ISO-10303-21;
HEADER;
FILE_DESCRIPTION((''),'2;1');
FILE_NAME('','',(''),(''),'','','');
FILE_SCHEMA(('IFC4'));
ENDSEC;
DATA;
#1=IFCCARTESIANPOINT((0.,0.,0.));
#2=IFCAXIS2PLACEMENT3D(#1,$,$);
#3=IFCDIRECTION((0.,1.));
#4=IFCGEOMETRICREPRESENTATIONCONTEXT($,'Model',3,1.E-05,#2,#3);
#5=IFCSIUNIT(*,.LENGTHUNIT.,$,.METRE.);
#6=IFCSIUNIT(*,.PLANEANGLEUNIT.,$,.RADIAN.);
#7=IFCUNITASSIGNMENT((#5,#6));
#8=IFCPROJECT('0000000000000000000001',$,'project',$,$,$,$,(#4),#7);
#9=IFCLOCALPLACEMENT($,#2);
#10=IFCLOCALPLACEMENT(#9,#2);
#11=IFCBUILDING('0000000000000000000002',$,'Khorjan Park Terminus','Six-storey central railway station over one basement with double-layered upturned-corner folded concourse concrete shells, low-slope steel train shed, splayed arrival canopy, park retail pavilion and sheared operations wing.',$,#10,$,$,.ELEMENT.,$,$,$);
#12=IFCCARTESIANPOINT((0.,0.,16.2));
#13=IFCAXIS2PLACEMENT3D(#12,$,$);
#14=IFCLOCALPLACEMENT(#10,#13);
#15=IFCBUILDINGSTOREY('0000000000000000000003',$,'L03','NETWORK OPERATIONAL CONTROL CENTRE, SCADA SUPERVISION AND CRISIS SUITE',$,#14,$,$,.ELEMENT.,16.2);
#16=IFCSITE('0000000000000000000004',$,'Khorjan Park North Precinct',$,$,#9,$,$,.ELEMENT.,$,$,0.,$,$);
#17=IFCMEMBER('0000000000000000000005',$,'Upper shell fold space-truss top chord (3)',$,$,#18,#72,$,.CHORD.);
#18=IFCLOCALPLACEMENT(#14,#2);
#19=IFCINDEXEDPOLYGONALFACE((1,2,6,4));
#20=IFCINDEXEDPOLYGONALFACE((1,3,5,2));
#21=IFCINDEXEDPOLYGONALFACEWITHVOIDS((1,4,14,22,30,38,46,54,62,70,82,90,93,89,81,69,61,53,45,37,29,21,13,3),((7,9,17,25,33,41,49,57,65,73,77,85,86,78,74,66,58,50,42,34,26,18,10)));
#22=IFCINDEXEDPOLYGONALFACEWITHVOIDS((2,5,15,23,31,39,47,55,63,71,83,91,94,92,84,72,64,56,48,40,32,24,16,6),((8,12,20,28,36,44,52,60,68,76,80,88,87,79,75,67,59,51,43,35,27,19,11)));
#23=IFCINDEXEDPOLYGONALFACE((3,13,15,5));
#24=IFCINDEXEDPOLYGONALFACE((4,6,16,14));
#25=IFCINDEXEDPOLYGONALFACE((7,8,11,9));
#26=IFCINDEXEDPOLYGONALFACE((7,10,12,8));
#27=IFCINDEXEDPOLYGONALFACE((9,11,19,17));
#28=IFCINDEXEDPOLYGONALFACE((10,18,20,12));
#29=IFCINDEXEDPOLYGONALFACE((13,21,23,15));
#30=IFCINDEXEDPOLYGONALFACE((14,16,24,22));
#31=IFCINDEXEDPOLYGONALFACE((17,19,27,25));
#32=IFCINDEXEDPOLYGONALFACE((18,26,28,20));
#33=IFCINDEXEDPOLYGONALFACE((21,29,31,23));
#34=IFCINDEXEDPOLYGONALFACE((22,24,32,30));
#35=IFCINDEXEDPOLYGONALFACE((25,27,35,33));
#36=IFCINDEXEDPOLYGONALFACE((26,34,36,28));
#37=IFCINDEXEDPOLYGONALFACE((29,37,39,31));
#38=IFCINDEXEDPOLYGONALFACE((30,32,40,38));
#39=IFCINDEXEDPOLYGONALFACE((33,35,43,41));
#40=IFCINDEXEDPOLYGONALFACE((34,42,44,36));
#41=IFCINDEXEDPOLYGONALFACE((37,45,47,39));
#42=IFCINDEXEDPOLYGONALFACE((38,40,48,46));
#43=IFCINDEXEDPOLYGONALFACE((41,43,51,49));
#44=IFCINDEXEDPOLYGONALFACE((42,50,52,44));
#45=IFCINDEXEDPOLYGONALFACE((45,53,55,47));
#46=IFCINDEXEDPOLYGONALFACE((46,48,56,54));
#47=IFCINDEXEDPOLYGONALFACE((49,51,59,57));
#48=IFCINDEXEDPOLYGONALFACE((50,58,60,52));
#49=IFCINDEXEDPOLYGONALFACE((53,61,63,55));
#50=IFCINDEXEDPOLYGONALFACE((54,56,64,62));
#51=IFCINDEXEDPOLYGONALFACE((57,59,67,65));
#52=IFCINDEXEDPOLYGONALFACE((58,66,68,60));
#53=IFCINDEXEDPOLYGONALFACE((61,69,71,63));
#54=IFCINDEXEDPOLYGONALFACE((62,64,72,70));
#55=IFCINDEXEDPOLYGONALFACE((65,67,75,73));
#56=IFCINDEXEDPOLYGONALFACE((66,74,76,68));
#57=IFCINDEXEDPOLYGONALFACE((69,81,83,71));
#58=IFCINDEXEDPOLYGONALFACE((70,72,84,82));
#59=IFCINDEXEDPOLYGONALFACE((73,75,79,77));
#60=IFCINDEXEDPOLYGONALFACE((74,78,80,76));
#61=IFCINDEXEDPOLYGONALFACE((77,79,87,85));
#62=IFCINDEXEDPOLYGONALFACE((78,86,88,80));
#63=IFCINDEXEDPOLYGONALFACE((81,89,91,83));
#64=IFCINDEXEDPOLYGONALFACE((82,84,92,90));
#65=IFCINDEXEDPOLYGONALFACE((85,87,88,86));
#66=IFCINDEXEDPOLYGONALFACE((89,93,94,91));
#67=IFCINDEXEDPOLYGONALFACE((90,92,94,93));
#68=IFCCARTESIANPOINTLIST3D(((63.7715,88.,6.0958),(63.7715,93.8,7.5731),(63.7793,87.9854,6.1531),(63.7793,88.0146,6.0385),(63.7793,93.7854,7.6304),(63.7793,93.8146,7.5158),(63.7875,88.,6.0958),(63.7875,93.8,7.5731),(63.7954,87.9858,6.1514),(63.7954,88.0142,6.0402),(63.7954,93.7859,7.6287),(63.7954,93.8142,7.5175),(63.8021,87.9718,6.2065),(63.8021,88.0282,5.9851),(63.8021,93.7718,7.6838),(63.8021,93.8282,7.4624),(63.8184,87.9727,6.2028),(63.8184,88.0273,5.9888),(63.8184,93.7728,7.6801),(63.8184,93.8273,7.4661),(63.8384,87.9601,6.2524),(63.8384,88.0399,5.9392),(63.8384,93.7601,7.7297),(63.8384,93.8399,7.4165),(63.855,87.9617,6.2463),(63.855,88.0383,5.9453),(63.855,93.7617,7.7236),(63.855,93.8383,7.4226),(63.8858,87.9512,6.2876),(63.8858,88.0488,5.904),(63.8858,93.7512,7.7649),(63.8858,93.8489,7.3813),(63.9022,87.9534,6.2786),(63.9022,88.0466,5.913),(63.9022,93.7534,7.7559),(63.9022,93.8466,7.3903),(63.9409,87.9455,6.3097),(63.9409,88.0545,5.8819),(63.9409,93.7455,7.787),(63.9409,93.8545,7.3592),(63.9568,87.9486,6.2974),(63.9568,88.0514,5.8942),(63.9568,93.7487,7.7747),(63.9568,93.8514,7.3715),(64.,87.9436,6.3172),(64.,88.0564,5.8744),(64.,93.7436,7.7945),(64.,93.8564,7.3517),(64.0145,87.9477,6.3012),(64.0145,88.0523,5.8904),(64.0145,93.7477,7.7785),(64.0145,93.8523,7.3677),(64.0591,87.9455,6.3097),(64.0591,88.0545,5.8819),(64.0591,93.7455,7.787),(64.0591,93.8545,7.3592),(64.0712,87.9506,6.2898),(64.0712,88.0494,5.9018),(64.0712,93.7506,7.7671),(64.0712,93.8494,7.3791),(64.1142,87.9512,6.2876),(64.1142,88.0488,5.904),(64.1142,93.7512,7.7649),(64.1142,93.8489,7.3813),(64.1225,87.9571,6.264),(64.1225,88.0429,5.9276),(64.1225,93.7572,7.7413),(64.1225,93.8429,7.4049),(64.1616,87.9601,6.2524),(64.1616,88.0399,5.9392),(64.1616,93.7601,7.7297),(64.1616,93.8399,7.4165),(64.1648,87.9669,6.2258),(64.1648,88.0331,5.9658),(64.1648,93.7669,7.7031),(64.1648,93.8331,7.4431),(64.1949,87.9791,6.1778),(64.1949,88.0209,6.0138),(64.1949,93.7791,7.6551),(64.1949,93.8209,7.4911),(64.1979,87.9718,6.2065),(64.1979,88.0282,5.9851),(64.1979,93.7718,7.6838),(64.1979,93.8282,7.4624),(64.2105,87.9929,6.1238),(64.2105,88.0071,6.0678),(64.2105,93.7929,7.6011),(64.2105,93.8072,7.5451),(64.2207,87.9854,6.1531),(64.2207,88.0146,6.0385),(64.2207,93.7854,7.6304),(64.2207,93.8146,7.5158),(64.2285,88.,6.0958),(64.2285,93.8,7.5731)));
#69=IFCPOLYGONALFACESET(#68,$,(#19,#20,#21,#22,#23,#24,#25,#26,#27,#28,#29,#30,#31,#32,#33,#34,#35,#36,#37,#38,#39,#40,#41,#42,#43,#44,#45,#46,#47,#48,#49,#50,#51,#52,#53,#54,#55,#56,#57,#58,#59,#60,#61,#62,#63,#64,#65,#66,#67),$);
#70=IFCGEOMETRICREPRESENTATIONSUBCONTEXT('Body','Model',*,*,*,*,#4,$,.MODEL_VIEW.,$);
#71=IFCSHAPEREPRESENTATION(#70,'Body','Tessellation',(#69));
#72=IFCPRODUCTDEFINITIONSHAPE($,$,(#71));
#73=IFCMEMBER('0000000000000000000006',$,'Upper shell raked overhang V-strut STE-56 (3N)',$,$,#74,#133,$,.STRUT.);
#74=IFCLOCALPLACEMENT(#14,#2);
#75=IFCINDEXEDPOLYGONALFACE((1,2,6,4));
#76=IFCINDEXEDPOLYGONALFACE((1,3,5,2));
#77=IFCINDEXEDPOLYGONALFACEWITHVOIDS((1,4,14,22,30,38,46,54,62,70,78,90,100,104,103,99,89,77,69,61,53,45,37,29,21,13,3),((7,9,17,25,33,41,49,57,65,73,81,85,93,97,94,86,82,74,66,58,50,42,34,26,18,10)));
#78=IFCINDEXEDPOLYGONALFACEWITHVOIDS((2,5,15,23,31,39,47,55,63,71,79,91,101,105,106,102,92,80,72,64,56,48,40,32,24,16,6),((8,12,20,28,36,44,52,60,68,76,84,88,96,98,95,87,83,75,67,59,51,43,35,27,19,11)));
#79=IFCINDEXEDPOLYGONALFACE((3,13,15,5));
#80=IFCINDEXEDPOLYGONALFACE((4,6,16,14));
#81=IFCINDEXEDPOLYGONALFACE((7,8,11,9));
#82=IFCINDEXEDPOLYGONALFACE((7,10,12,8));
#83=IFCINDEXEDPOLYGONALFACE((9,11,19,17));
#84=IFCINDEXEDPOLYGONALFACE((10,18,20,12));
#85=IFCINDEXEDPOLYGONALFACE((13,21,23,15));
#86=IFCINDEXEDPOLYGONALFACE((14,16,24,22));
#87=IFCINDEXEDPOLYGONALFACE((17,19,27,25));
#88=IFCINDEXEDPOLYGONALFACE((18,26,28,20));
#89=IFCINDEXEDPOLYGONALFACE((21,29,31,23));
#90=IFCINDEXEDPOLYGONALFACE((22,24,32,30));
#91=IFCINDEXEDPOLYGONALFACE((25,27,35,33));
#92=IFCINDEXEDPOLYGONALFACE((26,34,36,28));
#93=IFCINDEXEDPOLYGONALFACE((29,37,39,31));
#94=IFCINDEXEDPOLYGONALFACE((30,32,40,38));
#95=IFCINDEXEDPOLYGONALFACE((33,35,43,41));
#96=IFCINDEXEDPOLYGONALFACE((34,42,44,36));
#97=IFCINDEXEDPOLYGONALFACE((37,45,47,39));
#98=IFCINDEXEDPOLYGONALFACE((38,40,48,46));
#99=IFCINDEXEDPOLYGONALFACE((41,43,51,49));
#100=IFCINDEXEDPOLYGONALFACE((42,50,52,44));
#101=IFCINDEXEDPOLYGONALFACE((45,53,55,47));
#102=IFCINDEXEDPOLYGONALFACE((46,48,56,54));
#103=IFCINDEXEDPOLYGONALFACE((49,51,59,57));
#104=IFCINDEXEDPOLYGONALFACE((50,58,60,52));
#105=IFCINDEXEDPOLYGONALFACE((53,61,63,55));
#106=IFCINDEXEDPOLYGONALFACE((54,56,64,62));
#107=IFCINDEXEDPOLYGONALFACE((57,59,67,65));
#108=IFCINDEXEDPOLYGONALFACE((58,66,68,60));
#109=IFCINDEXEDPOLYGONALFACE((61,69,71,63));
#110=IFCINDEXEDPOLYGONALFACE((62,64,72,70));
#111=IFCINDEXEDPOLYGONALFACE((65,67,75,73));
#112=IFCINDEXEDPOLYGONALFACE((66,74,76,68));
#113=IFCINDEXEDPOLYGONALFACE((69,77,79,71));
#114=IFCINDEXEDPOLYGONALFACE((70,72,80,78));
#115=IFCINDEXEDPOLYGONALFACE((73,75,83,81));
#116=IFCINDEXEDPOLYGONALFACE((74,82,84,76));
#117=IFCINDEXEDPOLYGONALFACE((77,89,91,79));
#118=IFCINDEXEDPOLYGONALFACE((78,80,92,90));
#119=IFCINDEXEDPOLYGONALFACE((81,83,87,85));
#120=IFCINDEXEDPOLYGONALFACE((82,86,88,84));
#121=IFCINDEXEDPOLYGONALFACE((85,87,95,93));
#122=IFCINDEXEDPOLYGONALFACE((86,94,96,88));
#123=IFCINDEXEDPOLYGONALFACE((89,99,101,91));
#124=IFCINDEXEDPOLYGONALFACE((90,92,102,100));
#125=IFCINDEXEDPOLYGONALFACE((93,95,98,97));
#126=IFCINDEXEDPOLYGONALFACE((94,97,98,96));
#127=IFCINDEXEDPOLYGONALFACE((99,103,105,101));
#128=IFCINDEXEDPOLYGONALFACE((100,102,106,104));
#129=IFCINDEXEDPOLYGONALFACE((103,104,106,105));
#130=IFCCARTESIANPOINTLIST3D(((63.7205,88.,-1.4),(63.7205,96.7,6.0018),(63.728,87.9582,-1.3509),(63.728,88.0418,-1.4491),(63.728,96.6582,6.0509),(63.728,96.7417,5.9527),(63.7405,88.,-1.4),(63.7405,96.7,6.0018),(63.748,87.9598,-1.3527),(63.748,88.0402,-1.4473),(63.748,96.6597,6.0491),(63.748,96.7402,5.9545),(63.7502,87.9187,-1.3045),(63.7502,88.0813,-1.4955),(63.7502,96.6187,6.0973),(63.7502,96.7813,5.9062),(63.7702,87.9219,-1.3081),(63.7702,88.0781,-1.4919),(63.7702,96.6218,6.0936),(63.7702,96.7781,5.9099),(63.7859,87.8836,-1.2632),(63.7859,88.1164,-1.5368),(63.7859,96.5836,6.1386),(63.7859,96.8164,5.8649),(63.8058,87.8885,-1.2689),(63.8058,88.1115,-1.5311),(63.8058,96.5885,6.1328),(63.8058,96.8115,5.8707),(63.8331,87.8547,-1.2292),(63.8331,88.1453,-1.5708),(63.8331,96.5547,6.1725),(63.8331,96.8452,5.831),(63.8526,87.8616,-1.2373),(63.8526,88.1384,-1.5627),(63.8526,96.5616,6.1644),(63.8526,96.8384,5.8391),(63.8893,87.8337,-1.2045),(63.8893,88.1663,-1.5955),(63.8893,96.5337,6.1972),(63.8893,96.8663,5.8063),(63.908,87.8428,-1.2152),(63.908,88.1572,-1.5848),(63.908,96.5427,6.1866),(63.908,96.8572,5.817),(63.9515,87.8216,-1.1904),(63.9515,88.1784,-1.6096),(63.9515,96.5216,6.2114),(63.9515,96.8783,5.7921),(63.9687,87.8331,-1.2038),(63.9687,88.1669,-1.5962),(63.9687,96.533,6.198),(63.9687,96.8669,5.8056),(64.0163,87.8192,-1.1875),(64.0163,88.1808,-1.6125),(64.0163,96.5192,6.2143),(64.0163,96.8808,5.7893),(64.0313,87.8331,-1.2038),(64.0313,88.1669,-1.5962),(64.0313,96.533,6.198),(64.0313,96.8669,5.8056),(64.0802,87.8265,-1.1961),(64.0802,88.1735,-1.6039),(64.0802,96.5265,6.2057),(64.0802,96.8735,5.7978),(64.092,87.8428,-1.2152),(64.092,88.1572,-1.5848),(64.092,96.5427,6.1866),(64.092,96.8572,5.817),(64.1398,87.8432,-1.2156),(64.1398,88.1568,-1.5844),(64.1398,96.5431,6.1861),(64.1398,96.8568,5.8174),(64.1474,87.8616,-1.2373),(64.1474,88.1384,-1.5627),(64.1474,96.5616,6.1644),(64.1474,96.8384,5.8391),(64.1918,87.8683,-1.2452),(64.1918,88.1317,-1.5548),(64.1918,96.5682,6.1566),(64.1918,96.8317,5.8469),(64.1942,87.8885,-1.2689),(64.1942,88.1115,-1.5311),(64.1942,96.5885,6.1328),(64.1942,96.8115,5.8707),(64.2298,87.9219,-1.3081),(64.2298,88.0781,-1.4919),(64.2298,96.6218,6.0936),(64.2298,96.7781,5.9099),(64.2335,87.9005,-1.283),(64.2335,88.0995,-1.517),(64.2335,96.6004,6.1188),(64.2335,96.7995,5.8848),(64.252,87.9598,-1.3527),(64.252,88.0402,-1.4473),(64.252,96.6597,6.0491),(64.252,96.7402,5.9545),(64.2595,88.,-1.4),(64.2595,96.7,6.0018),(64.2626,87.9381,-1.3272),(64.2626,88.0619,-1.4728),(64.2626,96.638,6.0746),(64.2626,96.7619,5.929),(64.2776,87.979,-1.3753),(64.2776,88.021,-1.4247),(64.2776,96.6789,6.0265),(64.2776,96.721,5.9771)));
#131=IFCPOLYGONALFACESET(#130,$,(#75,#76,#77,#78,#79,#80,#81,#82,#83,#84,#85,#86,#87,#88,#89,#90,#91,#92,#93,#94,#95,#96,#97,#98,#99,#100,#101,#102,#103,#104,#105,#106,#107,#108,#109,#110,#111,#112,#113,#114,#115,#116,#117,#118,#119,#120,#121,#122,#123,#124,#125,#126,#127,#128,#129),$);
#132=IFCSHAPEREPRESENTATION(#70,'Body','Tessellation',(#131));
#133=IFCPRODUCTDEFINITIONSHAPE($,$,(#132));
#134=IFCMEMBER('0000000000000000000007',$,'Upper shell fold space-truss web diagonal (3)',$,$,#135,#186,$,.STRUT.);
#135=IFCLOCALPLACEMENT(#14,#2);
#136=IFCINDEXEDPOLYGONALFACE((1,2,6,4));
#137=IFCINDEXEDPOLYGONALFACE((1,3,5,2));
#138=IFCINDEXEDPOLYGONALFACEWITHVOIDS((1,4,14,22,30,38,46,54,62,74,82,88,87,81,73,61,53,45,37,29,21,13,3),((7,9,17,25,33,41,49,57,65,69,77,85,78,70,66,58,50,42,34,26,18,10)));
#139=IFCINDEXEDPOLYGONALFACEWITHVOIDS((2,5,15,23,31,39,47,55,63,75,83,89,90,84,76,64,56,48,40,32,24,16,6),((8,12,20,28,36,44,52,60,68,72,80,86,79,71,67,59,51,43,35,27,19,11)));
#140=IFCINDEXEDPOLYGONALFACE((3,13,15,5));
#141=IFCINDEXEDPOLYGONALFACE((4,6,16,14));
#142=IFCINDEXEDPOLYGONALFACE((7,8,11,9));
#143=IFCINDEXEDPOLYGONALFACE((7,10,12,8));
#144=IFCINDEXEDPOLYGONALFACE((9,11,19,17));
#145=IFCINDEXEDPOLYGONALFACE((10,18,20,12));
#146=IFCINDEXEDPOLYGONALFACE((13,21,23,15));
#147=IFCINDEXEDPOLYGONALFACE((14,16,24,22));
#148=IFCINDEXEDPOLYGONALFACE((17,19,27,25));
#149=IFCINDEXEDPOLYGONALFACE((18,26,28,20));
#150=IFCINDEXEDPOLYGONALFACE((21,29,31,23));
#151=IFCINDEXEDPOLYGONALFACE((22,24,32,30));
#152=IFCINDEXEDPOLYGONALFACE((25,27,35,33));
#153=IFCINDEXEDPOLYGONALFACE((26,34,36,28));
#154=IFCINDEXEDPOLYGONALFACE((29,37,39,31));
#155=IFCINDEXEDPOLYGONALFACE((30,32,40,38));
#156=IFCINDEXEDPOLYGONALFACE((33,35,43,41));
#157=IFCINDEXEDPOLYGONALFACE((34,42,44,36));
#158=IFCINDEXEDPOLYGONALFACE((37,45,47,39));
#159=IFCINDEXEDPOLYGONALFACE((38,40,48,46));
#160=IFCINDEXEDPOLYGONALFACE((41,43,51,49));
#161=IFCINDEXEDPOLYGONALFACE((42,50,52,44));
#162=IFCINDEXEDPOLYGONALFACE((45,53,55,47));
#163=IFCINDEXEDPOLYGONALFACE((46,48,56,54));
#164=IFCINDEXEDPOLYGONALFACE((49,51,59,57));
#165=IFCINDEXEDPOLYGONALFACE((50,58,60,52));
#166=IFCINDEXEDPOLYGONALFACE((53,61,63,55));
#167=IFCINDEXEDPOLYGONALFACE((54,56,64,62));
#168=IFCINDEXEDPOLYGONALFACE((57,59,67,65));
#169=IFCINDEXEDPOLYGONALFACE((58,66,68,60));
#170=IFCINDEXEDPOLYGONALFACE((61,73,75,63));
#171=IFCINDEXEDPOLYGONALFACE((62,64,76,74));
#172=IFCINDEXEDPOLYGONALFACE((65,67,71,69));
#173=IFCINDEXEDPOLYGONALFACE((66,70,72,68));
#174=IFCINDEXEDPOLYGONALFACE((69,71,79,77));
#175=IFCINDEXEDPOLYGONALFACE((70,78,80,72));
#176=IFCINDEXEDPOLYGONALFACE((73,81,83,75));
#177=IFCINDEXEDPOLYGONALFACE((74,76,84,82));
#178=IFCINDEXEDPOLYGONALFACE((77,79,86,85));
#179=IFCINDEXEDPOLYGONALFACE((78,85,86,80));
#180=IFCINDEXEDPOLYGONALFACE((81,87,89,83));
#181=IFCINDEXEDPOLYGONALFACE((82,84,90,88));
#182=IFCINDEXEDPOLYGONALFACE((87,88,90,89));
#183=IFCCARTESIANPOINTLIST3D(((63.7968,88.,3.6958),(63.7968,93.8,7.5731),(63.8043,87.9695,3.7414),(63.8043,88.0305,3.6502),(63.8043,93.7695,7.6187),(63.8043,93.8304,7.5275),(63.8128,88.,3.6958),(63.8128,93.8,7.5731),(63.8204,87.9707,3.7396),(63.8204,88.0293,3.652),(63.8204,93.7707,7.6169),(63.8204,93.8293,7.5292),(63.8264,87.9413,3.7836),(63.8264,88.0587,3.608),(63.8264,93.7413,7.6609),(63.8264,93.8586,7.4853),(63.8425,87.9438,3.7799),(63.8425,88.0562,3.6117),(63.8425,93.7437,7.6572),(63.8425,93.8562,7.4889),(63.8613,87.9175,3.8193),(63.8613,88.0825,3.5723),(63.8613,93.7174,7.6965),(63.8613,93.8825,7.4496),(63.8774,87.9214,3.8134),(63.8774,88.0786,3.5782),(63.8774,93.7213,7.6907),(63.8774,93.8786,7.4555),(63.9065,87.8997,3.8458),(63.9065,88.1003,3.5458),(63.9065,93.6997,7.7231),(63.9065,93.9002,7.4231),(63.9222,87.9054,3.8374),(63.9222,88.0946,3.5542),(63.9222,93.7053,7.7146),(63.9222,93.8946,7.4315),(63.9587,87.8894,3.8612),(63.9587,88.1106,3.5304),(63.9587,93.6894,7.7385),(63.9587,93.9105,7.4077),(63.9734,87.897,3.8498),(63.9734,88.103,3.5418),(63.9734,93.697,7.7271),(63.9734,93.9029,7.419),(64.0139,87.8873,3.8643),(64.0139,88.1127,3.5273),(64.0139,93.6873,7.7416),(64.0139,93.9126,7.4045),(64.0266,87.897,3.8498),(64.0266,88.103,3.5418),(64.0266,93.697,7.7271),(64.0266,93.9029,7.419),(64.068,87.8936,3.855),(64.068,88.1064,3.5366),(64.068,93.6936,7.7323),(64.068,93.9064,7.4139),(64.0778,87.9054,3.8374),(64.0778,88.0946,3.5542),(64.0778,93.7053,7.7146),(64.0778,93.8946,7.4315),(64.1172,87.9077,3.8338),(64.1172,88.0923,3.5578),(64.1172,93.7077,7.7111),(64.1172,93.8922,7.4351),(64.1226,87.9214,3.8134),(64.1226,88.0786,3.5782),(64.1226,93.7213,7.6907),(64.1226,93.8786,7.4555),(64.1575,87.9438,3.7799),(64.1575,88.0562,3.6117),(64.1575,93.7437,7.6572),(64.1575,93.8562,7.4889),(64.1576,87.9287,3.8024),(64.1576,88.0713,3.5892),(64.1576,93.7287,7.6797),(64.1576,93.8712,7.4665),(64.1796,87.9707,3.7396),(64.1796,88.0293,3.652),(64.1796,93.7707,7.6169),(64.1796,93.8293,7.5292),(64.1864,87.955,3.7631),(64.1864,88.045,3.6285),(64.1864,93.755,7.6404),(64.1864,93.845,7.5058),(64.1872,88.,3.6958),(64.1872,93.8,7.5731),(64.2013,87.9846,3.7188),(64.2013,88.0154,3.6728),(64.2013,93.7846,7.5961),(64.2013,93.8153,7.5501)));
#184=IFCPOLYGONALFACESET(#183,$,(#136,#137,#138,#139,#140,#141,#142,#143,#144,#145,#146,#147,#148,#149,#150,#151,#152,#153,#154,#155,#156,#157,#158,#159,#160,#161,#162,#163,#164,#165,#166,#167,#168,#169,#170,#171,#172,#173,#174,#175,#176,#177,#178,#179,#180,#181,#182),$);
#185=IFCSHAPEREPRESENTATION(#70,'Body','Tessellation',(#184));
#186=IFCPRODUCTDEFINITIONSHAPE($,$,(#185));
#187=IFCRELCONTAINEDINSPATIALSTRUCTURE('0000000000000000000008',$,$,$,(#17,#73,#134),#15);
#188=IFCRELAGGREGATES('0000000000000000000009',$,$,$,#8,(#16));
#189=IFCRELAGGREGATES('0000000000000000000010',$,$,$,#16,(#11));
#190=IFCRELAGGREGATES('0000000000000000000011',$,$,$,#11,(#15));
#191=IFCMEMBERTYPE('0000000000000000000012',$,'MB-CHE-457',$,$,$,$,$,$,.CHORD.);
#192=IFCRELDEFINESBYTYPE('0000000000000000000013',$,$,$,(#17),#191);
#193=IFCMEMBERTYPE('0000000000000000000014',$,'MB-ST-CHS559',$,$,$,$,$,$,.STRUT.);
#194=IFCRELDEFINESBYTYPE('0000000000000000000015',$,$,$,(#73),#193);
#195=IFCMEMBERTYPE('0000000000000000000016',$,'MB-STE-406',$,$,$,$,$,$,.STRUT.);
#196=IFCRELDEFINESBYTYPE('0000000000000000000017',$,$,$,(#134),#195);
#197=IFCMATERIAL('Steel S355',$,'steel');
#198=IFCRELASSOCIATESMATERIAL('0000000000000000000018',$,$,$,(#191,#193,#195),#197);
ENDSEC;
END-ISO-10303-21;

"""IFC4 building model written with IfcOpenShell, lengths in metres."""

from ifc_helpers import new_model, si_unit, direction, frame, origin, origin_2d, place, context, subcontext, project, spatial, hollow_circle, extrude, material, material_profile, profile_set, type_object, element, save


model = new_model("IFC4")

# Units and contexts
model_context = context("Model", 3, precision=1e-05, world=origin(), true_north=direction((0.0, 1.0)))
body_context = subcontext(model_context, "Body", "Model", "MODEL_VIEW")
ifc_project = project(units=[si_unit("LENGTHUNIT", "METRE"), si_unit("PLANEANGLEUNIT", "RADIAN")], contexts=[model_context])

# Site, building, storey
site_placement = place(None, origin())
site = spatial("IfcSite", under=ifc_project, at=site_placement, Name="Khorjan Park North Precinct", CompositionType="ELEMENT", RefElevation=0.0)
building_placement = place(site_placement, origin())
building = spatial("IfcBuilding", under=site, at=building_placement, Name="Khorjan Park Terminus", Description="Six-storey central railway station over one basement with double-layered upturned-corner folded concourse concrete shells, low-slope steel train shed, splayed arrival canopy, park retail pavilion and sheared operations wing.", CompositionType="ELEMENT")
storey_placement = place(building_placement, frame((0.0, 0.0, 16.2)))
storey = spatial("IfcBuildingStorey", under=building, at=storey_placement, Name="L03", Description="NETWORK OPERATIONAL CONTROL CENTRE, SCADA SUPERVISION AND CRISIS SUITE", CompositionType="ELEMENT", Elevation=16.2)

# Members
ifc_material_1 = material(Name="Steel S355", Category="steel")
ifc_material_profile_1 = material_profile(ifc_material_1, hollow_circle(Radius=0.2285, WallThickness=0.016, at=origin_2d()), Name="CHS 457x16")
ifc_profile_set_1 = profile_set([ifc_material_profile_1], Name="Steel S355")
member_type_1 = type_object("IfcMemberType", Name="MB-CHE-457", PredefinedType="CHORD", material=ifc_profile_set_1)
member_1_placement = place(storey_placement, frame((64.0, 88.0, 6.0958), z_axis=(0.0, 0.96906, 0.246826), x_axis=(-1.0, 0.0, 0.0)))
element("IfcMember", 1, at=member_1_placement, inside=storey, type_object=member_type_1, Name="Upper shell fold space-truss top chord (3)", PredefinedType="CHORD", context=body_context, shape_type="SweptSolid", body=[
    extrude(hollow_circle(Radius=0.2285, WallThickness=0.016, at=origin_2d()), origin(), (0.0, 0.0, 1.0), 5.9852),
])
ifc_material_profile_2 = material_profile(ifc_material_1, hollow_circle(Radius=0.2795, WallThickness=0.02, at=origin_2d()), Name="CHS 559x20")
ifc_profile_set_2 = profile_set([ifc_material_profile_2], Name="Steel S355")
member_type_2 = type_object("IfcMemberType", Name="MB-ST-CHS559", PredefinedType="STRUT", material=ifc_profile_set_2)
member_2_placement = place(storey_placement, frame((64.0, 88.0, -1.4), z_axis=(0.0, 0.761645, 0.647994), x_axis=(-1.0, 0.0, 0.0)))
element("IfcMember", 2, at=member_2_placement, inside=storey, type_object=member_type_2, Name="Upper shell raked overhang V-strut STE-56 (3N)", PredefinedType="STRUT", context=body_context, shape_type="SweptSolid", body=[
    extrude(hollow_circle(Radius=0.2795, WallThickness=0.02, at=origin_2d()), origin(), (0.0, 0.0, 1.0), 11.4226),
])
ifc_material_profile_3 = material_profile(ifc_material_1, hollow_circle(Radius=0.2032, WallThickness=0.016, at=origin_2d()), Name="CHS 406.4x16")
ifc_profile_set_3 = profile_set([ifc_material_profile_3], Name="Steel S355")
member_type_3 = type_object("IfcMemberType", Name="MB-STE-406", PredefinedType="STRUT", material=ifc_profile_set_3)
member_3_placement = place(storey_placement, frame((64.0, 88.0, 3.6958), z_axis=(0.0, 0.831346, 0.555755), x_axis=(-1.0, 0.0, 0.0)))
element("IfcMember", 3, at=member_3_placement, inside=storey, type_object=member_type_3, Name="Upper shell fold space-truss web diagonal (3)", PredefinedType="STRUT", context=body_context, shape_type="SweptSolid", body=[
    extrude(hollow_circle(Radius=0.2032, WallThickness=0.016, at=origin_2d()), origin(), (0.0, 0.0, 1.0), 6.9766),
])

save(model, "model.ifc")
